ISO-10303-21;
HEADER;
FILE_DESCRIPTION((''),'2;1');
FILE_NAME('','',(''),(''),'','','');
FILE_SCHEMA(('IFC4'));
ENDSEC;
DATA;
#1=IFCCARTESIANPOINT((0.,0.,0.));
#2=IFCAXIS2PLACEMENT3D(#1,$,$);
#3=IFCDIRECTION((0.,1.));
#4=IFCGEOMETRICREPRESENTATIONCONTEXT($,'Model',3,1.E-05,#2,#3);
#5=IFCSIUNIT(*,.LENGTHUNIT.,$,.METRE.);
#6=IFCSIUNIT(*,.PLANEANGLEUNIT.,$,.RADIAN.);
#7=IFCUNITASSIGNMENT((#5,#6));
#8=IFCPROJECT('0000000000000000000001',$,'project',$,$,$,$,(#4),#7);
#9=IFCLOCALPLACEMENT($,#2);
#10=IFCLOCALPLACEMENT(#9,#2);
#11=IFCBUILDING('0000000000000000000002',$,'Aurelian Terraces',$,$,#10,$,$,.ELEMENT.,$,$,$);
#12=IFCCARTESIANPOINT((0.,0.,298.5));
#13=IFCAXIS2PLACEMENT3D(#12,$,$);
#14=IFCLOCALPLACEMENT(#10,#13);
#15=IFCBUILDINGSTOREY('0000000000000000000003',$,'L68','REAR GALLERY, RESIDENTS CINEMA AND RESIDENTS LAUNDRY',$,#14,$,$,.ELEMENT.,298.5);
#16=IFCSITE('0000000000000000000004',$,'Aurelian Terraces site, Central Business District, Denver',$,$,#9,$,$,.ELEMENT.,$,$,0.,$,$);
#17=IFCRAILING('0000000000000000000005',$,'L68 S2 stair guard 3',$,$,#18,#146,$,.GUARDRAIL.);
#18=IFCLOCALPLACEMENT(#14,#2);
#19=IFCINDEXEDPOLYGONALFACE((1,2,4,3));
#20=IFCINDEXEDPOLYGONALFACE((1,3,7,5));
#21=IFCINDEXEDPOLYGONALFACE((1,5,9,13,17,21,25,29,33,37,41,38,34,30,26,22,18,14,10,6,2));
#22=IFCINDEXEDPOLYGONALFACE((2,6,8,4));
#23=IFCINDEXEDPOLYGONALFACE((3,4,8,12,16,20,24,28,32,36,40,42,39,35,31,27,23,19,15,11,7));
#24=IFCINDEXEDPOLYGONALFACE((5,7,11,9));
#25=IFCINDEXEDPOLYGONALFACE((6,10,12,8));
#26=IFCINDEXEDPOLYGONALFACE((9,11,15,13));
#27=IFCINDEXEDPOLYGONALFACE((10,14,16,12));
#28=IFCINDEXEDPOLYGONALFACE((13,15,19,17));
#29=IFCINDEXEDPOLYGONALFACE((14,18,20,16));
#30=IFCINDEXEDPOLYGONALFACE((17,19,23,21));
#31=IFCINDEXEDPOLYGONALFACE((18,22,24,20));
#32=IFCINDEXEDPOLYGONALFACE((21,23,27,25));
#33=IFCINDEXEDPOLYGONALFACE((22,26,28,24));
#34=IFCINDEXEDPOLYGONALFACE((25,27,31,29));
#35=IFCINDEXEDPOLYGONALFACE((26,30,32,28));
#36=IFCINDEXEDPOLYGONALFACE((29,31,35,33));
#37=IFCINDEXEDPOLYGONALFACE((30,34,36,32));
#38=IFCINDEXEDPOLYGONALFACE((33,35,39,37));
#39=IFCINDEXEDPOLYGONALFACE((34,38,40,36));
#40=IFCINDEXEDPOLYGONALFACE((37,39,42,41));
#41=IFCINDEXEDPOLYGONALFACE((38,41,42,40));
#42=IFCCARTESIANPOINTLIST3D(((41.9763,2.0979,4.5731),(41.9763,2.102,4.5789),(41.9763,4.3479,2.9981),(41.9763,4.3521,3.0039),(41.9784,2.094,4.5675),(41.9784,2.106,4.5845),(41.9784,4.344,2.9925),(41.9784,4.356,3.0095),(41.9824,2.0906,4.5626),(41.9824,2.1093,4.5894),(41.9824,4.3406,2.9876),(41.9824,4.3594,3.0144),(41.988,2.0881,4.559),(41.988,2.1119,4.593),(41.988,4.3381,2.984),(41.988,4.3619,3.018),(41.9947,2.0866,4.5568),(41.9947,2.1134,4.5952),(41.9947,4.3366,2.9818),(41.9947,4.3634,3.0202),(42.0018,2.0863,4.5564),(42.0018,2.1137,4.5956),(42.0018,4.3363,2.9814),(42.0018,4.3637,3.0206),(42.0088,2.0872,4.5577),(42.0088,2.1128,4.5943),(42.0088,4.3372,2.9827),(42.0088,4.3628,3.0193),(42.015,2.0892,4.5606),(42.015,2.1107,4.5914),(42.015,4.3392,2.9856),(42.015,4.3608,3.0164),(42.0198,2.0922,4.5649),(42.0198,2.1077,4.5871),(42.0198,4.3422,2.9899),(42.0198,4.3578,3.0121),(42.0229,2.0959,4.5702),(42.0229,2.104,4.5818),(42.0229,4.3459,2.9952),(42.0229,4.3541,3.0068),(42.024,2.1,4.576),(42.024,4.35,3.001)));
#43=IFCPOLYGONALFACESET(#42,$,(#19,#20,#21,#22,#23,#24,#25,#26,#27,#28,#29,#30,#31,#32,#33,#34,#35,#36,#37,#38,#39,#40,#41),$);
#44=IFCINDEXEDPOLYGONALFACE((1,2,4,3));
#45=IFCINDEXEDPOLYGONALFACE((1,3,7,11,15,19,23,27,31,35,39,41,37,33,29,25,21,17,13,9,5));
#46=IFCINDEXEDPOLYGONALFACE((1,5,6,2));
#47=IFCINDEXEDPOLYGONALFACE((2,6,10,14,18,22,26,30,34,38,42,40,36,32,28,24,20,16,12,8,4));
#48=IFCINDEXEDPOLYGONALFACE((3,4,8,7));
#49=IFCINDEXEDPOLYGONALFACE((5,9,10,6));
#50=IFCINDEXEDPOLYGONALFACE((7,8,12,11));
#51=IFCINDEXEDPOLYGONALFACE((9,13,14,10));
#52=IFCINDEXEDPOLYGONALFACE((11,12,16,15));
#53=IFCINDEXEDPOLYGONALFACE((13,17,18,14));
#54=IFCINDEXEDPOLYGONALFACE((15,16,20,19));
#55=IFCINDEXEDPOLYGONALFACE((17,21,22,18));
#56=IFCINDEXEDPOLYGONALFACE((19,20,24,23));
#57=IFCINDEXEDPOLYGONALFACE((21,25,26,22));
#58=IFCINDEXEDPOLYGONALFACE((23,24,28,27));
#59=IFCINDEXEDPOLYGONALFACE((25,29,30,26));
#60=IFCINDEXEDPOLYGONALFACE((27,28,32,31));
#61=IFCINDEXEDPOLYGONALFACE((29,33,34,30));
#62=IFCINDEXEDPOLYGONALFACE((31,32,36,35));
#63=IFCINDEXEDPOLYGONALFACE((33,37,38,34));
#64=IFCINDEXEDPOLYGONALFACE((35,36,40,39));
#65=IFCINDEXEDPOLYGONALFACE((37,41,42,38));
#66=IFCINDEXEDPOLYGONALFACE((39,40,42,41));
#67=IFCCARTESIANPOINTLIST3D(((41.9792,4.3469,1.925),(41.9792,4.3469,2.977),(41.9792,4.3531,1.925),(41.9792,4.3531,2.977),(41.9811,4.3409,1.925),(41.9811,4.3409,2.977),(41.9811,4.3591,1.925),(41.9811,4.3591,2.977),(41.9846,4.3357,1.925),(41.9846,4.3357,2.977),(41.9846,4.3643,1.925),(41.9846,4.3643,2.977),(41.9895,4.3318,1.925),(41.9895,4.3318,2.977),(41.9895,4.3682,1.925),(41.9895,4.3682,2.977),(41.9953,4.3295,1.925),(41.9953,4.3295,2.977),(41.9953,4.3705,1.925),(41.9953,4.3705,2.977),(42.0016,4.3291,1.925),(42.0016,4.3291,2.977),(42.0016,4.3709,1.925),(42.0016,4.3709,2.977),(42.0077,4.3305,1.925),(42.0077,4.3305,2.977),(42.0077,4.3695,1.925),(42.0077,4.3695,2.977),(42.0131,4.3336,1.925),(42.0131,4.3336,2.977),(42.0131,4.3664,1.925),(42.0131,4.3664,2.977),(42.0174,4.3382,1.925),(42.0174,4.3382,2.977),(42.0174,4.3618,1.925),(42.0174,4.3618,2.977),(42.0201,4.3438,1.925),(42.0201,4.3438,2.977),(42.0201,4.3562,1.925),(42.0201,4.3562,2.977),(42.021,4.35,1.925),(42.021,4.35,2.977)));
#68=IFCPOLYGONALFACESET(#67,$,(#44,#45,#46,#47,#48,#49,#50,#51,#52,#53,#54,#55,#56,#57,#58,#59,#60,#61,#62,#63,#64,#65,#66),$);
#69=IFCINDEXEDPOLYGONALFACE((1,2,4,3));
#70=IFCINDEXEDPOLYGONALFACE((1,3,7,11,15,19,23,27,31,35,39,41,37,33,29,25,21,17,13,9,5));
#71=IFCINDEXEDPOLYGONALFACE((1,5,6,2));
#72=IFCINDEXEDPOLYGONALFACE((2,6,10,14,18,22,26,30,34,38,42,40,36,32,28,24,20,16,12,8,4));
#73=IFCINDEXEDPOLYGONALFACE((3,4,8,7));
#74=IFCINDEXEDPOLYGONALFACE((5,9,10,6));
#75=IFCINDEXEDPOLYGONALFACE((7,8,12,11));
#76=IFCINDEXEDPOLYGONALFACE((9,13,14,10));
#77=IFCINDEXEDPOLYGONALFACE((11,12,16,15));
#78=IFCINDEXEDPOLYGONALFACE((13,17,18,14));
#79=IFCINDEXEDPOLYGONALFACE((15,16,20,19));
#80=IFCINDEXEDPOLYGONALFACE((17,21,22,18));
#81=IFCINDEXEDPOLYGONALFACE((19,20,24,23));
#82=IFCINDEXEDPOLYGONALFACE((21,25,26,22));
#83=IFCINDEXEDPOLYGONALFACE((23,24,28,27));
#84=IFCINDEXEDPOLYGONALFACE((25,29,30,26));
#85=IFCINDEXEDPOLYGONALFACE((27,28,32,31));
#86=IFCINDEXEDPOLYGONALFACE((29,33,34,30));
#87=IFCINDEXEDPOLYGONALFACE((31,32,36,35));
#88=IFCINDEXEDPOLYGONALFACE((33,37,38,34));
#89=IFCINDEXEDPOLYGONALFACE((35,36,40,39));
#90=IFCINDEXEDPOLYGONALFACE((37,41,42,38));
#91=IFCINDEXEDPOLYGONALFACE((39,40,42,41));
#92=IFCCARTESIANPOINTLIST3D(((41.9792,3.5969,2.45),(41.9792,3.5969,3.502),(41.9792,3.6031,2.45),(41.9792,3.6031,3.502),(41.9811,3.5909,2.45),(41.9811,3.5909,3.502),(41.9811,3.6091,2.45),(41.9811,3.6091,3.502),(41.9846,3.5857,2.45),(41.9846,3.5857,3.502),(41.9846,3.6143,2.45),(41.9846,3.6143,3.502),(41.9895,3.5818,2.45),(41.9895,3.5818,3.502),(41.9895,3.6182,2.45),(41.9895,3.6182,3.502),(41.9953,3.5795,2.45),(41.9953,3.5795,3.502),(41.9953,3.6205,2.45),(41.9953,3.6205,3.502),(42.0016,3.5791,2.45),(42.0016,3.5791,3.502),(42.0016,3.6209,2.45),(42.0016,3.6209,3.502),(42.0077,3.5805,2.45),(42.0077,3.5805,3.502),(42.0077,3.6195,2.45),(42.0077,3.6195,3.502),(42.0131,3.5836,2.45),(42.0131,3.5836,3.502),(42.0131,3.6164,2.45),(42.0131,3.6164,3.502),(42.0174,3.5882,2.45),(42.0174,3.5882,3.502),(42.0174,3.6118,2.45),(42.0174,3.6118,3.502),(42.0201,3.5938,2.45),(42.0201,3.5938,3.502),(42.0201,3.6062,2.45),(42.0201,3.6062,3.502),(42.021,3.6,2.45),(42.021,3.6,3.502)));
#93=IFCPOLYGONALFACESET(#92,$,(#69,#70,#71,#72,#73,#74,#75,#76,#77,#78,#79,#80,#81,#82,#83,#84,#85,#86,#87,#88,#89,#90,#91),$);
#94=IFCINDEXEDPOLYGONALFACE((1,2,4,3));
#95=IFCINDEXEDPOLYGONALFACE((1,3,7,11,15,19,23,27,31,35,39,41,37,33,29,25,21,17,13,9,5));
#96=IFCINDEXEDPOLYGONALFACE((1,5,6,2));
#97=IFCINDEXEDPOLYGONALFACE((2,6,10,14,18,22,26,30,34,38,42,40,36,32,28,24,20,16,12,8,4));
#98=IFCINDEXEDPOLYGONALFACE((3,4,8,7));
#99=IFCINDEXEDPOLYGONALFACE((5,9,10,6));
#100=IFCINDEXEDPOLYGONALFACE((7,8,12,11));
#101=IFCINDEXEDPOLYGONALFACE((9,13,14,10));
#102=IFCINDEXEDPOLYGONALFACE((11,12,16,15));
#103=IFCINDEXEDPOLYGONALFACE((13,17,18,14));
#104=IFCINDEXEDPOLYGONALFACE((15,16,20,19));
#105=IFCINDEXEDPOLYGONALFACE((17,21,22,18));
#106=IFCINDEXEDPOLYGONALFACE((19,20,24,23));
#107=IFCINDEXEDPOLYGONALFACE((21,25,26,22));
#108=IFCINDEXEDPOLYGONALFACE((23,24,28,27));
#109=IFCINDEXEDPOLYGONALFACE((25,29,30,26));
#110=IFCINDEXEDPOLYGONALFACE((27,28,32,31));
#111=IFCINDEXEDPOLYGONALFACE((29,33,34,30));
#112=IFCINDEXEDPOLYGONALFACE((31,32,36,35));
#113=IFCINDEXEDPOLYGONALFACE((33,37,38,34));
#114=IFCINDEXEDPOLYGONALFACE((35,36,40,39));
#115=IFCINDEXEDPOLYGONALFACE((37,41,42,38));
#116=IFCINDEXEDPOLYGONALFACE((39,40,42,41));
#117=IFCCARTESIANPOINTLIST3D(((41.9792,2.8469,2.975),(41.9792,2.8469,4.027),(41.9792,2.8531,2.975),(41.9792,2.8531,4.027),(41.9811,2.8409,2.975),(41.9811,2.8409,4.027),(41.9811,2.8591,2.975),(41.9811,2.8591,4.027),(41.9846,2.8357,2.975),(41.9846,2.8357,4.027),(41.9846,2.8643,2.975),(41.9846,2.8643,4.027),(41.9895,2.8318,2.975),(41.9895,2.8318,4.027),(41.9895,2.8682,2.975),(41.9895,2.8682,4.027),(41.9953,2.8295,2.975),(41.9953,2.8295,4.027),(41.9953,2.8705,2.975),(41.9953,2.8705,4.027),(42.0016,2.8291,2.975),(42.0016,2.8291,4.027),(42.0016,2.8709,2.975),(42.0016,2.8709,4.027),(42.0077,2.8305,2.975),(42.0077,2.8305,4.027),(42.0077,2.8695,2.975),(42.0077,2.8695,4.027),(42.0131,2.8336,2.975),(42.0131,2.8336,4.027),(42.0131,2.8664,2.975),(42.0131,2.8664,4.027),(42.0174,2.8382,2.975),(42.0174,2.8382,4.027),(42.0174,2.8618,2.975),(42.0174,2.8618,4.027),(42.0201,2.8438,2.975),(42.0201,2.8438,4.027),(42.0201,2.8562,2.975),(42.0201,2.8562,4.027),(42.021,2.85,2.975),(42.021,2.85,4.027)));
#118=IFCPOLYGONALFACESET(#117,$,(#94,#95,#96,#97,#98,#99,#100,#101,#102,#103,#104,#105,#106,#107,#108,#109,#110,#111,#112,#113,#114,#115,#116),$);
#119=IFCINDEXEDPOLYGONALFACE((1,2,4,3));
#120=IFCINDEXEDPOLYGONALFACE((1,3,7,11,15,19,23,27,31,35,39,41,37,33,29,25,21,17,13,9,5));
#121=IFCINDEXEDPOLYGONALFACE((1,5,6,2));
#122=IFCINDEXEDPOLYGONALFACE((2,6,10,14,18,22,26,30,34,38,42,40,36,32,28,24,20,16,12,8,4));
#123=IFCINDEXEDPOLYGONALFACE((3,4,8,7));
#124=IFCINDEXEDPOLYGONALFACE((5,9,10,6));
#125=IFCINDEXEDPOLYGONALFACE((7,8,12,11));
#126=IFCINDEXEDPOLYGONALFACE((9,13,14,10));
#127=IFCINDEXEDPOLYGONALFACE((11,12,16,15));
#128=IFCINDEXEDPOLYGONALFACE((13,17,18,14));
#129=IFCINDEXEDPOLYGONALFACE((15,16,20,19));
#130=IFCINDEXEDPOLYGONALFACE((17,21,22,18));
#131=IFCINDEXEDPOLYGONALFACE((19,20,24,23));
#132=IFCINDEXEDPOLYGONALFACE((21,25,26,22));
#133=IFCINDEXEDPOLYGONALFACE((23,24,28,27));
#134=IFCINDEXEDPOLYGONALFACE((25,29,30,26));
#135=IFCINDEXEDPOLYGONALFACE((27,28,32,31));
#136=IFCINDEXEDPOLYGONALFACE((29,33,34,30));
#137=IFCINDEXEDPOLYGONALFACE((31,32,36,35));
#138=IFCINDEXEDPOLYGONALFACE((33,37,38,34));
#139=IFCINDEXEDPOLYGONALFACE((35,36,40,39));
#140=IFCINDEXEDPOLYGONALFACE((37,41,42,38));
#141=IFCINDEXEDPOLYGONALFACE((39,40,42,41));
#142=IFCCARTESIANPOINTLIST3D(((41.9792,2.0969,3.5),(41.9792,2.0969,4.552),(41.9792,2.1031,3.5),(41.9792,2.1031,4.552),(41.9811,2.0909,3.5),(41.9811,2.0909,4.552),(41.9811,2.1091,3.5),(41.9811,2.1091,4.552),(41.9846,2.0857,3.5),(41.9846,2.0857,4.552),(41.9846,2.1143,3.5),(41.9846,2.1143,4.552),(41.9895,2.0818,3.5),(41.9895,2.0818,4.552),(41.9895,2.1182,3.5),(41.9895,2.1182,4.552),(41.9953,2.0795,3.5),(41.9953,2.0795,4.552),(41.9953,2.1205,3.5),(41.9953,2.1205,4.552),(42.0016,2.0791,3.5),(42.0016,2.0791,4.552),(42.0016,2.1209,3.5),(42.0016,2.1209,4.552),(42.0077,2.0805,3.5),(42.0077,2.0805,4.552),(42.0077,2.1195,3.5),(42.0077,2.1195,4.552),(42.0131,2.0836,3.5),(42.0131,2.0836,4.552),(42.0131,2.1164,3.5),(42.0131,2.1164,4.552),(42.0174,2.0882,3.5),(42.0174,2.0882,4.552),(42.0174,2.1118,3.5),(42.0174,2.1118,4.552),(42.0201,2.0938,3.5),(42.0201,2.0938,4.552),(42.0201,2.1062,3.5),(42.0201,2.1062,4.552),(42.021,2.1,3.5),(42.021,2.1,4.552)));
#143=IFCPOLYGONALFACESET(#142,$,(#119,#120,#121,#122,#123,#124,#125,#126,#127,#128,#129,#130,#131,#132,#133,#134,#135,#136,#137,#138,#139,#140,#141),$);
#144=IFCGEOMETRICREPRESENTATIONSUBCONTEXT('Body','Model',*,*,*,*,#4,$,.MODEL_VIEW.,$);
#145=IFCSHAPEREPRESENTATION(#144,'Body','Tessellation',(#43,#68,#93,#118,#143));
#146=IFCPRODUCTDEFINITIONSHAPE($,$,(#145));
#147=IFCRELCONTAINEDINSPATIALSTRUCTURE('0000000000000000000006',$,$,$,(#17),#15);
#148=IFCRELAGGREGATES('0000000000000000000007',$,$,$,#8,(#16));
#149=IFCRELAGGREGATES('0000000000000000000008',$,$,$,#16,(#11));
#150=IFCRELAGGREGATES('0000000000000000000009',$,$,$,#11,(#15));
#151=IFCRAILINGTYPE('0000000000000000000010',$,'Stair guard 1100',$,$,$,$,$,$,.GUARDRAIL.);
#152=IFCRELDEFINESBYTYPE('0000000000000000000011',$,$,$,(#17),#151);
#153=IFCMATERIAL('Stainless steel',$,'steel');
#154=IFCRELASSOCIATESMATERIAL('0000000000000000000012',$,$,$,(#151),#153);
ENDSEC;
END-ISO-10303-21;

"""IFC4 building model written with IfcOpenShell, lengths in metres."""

from ifc_helpers import new_model, si_unit, direction, frame, origin, origin_2d, place, context, subcontext, project, spatial, circle, extrude, source, transform, mapped, material, type_object, element, save


model = new_model("IFC4")

# Units and contexts
model_context = context("Model", 3, precision=1e-05, world=origin(), true_north=direction((0.0, 1.0)))
body_context = subcontext(model_context, "Body", "Model", "MODEL_VIEW")
ifc_project = project(units=[si_unit("LENGTHUNIT", "METRE"), si_unit("PLANEANGLEUNIT", "RADIAN")], contexts=[model_context])

# Site, building, storey
site_placement = place(None, origin())
site = spatial("IfcSite", under=ifc_project, at=site_placement, Name="Aurelian Terraces site, Central Business District, Denver", CompositionType="ELEMENT", RefElevation=0.0)
building_placement = place(site_placement, origin())
building = spatial("IfcBuilding", under=site, at=building_placement, Name="Aurelian Terraces", CompositionType="ELEMENT")
storey_placement = place(building_placement, frame((0.0, 0.0, 298.5)))
storey = spatial("IfcBuildingStorey", under=building, at=storey_placement, Name="L68", Description="REAR GALLERY, RESIDENTS CINEMA AND RESIDENTS LAUNDRY", CompositionType="ELEMENT", Elevation=298.5)

# Railing
ifc_material_1 = material(Name="Stainless steel", Category="steel")
railing_type_1 = type_object("IfcRailingType", Name="Stair guard 1100", PredefinedType="GUARDRAIL", material=ifc_material_1)
shared_shape_1 = source(origin(), body_context, "Body", "SweptSolid", [
    extrude(circle(Radius=0.024, at=origin_2d()), frame((0.0, 0.0, 1.076), z_axis=(0.0, -0.819232, 0.573462), x_axis=(1.0, 0.0, 0.0)), (0.0, 0.0, 1.0), 2.7465),
    extrude(circle(Radius=0.021, at=origin_2d()), origin(), (0.0, 0.0, 1.0), 1.052),
    extrude(circle(Radius=0.021, at=origin_2d()), frame((0.0, -0.75, 0.525)), (0.0, 0.0, 1.0), 1.052),
    extrude(circle(Radius=0.021, at=origin_2d()), frame((0.0, -1.5, 1.05)), (0.0, 0.0, 1.0), 1.052),
    extrude(circle(Radius=0.021, at=origin_2d()), frame((0.0, -2.25, 1.575)), (0.0, 0.0, 1.0), 1.052),
])
railing_1_placement = place(storey_placement, frame((42.0, 4.35, 1.925)))
element("IfcRailing", 1, at=railing_1_placement, inside=storey, type_object=railing_type_1, Name="L68 S2 stair guard 3", PredefinedType="GUARDRAIL", context=body_context, shape_type="MappedRepresentation", body=[
    mapped(shared_shape_1, transform((0.0, 0.0, 0.0), scale=1.0)),
])

save(model, "model.ifc")
